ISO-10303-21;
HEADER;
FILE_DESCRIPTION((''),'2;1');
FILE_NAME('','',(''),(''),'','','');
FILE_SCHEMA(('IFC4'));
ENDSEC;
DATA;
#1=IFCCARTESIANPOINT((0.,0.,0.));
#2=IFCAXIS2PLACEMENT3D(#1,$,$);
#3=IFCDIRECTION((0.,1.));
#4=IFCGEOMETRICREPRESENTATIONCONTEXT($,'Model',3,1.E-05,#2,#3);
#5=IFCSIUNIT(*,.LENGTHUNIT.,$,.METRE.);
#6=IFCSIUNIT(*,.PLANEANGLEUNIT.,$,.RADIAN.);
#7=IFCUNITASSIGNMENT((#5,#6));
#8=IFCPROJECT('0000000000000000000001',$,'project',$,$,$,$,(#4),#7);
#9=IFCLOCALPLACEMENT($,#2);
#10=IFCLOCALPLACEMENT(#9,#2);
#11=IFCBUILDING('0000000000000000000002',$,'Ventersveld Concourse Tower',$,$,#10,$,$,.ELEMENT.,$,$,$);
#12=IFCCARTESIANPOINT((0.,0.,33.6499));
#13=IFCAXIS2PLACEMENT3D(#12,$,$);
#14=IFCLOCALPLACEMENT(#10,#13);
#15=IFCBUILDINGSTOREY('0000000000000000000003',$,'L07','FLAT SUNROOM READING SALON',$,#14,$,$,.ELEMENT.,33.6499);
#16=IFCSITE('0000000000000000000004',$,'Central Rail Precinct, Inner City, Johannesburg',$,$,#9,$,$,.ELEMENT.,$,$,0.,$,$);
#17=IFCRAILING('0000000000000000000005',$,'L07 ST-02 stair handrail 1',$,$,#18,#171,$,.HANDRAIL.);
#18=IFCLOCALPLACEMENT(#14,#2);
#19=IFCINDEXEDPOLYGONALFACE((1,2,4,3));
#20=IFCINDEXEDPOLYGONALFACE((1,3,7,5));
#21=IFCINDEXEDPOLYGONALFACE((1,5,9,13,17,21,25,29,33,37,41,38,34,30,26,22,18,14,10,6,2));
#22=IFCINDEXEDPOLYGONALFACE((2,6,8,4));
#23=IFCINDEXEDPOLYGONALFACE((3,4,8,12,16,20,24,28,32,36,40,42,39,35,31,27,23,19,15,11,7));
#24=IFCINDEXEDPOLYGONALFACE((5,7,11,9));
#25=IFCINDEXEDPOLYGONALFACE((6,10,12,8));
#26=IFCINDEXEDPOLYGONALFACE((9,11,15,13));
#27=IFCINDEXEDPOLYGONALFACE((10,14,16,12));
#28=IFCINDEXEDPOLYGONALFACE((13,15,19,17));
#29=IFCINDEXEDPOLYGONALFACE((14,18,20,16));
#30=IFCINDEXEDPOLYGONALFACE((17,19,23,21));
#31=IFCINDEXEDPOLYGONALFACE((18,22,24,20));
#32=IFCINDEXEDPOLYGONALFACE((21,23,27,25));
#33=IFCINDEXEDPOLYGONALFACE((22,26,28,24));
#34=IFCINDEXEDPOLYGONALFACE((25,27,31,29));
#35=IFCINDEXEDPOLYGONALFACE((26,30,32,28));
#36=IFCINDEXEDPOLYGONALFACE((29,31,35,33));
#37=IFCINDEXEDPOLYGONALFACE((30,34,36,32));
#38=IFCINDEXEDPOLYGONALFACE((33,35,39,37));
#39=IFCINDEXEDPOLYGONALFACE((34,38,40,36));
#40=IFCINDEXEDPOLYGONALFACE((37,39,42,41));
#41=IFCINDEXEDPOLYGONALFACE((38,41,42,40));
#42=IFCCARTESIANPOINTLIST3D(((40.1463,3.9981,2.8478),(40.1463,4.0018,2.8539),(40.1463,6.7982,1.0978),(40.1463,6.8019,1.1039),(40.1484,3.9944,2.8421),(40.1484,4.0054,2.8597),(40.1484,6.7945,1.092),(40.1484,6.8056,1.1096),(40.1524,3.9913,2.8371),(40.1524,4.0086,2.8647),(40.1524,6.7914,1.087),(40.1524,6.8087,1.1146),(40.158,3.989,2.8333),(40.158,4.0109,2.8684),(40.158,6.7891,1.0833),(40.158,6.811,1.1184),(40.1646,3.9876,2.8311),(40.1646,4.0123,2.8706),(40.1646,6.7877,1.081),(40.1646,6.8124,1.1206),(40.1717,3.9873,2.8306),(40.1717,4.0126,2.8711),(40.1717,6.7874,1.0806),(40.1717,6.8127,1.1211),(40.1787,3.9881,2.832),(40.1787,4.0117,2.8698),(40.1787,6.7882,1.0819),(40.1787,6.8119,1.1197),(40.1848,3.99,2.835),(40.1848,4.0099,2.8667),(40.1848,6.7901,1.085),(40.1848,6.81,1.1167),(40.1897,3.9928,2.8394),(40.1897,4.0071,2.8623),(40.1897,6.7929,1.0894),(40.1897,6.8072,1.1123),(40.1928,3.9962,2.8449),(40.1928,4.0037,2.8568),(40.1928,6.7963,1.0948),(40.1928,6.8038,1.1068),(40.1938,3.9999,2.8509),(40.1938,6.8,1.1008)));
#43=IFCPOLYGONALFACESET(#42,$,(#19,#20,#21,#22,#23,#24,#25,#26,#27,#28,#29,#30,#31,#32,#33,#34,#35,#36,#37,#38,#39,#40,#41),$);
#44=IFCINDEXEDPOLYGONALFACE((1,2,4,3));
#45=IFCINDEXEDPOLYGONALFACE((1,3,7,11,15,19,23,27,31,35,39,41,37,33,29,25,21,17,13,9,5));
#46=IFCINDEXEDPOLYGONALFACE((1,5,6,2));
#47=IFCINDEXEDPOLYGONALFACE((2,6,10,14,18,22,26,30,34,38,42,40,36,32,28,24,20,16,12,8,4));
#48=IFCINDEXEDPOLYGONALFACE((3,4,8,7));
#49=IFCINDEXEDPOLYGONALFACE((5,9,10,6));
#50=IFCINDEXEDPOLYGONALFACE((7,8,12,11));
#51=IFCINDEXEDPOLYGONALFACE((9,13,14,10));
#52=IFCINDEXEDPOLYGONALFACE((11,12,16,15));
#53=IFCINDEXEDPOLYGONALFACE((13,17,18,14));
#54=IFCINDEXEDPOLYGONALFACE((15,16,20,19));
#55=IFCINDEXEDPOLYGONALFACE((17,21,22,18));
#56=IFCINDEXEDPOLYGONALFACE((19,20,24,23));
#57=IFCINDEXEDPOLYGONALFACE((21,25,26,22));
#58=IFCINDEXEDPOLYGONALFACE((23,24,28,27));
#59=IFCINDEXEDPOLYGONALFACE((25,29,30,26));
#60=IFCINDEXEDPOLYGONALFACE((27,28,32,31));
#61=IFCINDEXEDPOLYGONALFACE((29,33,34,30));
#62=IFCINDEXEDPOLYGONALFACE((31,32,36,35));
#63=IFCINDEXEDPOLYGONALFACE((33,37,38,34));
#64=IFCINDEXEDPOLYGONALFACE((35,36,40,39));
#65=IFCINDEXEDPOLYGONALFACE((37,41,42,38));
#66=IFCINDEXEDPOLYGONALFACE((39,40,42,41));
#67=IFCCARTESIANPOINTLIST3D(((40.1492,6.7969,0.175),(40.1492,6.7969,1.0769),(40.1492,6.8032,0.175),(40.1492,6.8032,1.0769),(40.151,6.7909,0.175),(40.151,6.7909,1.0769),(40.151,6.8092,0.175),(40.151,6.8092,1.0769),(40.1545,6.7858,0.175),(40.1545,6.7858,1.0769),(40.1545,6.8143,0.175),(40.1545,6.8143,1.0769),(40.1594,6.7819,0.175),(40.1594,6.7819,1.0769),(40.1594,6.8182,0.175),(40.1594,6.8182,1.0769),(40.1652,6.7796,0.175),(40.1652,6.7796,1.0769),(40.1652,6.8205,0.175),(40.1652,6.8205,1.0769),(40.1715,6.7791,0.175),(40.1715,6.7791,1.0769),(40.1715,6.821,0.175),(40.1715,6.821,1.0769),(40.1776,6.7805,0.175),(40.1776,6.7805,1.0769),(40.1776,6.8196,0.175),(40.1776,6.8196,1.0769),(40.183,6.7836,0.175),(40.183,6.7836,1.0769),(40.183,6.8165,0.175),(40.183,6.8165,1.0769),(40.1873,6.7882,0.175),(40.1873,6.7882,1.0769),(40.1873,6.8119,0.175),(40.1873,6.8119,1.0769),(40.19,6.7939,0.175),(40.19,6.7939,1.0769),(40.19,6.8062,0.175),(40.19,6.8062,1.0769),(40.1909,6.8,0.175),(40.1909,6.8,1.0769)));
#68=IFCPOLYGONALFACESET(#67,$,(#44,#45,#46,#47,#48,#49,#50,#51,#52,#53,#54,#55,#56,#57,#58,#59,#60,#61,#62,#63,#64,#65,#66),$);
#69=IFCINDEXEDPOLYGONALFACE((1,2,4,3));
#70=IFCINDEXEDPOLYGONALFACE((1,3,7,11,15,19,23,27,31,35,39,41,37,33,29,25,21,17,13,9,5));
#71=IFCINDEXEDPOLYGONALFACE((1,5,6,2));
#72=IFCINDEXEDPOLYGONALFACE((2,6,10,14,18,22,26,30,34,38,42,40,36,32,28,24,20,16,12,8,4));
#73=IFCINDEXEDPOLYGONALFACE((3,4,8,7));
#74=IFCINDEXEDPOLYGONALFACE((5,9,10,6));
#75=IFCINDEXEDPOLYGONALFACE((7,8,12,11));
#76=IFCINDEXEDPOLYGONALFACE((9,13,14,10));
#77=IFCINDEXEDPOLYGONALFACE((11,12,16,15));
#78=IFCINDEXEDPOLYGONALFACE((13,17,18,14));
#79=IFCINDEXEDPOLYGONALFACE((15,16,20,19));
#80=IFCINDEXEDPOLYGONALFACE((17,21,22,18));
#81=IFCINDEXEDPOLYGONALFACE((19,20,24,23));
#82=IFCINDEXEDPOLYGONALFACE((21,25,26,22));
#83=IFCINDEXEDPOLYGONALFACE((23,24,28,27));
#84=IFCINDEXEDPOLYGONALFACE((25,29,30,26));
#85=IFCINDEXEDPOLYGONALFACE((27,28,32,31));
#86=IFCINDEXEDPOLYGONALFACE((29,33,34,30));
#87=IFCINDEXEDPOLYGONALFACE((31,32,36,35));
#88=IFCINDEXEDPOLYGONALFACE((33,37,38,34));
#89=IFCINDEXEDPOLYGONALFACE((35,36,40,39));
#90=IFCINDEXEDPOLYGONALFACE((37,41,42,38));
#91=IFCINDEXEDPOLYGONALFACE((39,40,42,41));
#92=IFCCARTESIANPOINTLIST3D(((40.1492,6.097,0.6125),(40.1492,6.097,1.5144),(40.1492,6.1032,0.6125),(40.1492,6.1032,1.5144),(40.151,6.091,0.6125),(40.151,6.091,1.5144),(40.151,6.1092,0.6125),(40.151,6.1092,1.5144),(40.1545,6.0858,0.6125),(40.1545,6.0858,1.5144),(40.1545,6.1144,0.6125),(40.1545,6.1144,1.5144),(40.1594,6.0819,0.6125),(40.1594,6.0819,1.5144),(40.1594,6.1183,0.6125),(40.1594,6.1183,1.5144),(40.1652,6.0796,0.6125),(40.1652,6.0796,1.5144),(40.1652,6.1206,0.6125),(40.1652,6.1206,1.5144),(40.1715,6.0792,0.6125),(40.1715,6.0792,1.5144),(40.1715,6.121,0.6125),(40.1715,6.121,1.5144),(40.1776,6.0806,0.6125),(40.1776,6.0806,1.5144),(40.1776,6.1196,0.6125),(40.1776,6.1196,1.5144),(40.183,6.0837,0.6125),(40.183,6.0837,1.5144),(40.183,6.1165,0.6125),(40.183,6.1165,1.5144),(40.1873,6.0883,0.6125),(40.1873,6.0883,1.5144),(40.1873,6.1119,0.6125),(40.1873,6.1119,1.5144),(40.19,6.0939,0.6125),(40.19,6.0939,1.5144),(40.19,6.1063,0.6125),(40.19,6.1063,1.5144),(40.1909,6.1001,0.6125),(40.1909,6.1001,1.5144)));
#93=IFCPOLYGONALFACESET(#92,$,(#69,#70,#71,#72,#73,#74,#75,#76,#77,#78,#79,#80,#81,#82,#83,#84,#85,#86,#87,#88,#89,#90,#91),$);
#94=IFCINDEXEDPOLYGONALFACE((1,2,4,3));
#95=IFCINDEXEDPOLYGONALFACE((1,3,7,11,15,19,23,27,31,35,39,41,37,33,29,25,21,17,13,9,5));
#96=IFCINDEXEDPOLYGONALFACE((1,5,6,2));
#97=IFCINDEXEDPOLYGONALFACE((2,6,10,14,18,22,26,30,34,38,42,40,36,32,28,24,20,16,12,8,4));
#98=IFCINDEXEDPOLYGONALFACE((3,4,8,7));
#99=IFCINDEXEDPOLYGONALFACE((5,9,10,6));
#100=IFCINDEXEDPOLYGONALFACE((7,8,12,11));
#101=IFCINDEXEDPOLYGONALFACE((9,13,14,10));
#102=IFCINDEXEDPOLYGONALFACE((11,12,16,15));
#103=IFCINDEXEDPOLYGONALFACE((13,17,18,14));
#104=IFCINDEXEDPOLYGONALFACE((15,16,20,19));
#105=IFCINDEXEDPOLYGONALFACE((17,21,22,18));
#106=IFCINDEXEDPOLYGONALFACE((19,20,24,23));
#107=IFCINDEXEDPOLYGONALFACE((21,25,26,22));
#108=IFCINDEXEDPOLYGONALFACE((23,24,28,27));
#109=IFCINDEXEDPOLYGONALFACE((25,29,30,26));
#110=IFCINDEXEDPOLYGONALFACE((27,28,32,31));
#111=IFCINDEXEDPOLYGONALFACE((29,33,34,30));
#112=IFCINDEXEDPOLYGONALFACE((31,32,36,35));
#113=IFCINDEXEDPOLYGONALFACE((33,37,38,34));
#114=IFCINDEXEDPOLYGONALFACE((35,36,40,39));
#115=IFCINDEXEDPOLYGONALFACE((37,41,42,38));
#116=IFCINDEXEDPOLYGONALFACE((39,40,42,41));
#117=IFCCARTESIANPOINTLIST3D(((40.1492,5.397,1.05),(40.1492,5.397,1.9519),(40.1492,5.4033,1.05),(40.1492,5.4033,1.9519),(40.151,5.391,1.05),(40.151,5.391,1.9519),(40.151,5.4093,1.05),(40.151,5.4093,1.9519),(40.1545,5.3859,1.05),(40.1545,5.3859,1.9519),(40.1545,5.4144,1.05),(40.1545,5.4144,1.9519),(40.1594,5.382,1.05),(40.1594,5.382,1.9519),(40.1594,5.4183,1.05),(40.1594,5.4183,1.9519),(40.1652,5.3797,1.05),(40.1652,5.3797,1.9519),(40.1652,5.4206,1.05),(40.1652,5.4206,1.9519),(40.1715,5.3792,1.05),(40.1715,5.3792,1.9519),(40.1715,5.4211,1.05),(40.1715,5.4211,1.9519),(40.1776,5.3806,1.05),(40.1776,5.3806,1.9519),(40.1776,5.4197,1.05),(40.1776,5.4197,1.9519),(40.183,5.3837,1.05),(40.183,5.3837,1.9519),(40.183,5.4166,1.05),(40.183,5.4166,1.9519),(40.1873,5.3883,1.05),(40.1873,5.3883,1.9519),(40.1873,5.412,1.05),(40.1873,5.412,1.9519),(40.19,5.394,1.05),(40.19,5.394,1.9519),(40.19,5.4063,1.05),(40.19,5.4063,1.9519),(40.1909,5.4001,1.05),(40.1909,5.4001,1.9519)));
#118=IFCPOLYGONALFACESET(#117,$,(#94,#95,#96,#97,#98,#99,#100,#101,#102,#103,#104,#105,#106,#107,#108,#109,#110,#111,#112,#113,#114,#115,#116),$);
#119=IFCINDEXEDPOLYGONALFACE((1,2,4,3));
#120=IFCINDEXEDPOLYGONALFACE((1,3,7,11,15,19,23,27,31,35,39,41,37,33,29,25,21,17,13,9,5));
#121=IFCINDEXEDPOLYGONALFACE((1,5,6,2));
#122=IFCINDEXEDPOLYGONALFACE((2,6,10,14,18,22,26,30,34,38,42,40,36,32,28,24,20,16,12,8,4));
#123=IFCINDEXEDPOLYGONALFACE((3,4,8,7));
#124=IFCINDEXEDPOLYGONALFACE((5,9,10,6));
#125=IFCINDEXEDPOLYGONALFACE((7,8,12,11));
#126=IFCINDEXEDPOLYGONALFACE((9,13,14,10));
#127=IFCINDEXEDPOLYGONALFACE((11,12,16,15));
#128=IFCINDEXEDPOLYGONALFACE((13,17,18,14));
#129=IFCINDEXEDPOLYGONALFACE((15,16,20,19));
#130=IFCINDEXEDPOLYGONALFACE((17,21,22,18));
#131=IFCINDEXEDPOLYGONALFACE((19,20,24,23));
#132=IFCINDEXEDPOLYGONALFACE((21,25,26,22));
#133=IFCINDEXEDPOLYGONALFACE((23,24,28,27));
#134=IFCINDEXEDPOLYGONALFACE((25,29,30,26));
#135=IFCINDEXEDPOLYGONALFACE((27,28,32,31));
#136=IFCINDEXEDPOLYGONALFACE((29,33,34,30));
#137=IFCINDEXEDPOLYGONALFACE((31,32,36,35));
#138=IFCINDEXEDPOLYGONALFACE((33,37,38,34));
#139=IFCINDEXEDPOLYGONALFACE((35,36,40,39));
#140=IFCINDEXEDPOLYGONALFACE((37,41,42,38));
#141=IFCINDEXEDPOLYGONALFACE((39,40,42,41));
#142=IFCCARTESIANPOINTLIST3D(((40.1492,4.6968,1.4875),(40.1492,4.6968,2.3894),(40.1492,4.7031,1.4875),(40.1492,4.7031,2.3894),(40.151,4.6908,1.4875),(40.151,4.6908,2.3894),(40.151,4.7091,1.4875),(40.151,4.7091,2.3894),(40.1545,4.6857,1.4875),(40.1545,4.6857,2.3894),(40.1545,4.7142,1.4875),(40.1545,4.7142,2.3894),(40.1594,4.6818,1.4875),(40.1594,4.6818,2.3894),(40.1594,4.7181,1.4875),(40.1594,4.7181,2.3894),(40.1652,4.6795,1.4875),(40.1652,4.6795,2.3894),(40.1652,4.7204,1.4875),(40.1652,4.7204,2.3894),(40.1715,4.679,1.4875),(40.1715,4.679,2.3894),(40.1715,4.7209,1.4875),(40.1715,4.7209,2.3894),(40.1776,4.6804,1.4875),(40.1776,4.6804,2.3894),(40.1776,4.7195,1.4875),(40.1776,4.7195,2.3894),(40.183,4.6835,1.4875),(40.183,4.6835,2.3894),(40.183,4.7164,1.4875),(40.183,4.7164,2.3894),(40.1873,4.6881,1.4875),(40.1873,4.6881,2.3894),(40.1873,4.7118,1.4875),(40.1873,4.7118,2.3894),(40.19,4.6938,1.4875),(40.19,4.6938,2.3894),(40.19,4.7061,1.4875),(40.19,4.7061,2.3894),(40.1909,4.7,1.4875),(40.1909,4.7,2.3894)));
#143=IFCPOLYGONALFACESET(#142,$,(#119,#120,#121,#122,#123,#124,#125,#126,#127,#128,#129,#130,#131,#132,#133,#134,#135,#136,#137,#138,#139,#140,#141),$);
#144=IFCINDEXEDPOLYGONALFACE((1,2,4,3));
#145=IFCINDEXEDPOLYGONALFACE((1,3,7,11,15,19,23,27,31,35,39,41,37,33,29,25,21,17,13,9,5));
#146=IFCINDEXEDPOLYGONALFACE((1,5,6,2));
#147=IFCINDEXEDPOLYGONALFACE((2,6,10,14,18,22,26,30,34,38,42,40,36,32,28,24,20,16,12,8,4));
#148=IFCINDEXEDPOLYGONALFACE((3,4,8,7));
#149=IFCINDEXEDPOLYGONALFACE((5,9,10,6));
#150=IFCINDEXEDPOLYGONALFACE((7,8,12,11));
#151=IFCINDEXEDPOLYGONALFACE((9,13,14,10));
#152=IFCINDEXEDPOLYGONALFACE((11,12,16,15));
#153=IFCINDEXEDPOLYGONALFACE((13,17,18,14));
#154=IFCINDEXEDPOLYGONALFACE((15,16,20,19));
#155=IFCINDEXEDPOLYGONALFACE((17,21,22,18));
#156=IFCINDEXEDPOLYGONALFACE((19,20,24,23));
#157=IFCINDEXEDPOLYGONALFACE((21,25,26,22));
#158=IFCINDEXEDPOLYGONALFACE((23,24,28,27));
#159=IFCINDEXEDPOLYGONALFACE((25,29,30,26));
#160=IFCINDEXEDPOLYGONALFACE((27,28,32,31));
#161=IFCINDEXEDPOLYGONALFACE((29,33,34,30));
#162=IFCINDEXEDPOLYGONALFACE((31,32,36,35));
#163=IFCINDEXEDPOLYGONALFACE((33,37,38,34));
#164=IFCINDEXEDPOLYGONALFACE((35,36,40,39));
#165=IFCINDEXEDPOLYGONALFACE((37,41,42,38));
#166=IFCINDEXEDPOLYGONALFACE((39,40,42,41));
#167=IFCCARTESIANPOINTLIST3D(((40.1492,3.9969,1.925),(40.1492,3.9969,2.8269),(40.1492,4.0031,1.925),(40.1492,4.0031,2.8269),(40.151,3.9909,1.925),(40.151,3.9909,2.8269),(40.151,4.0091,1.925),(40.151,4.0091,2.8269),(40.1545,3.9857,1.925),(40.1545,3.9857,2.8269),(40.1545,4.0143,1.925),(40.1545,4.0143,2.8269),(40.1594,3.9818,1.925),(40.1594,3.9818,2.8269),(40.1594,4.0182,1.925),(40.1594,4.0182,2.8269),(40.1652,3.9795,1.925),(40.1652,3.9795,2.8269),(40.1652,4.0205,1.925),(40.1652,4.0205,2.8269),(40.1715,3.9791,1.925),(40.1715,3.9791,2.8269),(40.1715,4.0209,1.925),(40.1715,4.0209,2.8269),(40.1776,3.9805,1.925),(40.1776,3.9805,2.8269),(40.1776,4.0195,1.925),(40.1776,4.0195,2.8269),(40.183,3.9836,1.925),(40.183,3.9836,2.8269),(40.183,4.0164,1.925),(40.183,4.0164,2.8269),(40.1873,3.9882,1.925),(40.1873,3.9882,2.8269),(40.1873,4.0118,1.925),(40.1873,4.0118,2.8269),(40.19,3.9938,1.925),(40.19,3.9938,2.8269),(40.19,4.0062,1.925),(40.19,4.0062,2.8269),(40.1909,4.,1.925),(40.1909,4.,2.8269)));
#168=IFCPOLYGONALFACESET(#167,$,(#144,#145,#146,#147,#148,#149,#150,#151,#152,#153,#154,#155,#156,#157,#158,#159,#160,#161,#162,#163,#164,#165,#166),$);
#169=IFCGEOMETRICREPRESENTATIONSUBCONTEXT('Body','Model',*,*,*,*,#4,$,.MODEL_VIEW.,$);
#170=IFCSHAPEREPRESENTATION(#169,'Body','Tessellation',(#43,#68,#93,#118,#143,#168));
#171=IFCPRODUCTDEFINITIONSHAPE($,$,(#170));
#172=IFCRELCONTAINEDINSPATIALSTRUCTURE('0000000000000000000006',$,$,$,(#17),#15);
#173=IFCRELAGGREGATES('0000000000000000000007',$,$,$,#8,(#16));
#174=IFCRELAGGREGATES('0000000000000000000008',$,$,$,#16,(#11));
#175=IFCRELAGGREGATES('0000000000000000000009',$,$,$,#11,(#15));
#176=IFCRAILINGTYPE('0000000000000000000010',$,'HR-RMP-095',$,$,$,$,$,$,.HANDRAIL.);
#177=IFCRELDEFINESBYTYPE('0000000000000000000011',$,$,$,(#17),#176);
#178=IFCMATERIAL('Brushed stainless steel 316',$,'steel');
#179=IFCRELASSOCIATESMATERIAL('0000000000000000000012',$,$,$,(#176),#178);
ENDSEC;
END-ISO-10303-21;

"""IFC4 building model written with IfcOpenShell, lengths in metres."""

from ifc_helpers import new_model, si_unit, direction, frame, origin, origin_2d, place, context, subcontext, project, spatial, circle, extrude, material, type_object, element, save


model = new_model("IFC4")

# Units and contexts
model_context = context("Model", 3, precision=1e-05, world=origin(), true_north=direction((0.0, 1.0)))
body_context = subcontext(model_context, "Body", "Model", "MODEL_VIEW")
ifc_project = project(units=[si_unit("LENGTHUNIT", "METRE"), si_unit("PLANEANGLEUNIT", "RADIAN")], contexts=[model_context])

# Site, building, storey
site_placement = place(None, origin())
site = spatial("IfcSite", under=ifc_project, at=site_placement, Name="Central Rail Precinct, Inner City, Johannesburg", CompositionType="ELEMENT", RefElevation=0.0)
building_placement = place(site_placement, origin())
building = spatial("IfcBuilding", under=site, at=building_placement, Name="Ventersveld Concourse Tower", CompositionType="ELEMENT")
storey_placement = place(building_placement, frame((0.0, 0.0, 33.6499)))
storey = spatial("IfcBuildingStorey", under=building, at=storey_placement, Name="L07", Description="FLAT SUNROOM READING SALON", CompositionType="ELEMENT", Elevation=33.6499)

# Railing
ifc_material_1 = material(Name="Brushed stainless steel 316", Category="steel")
railing_type_1 = type_object("IfcRailingType", Name="HR-RMP-095", PredefinedType="HANDRAIL", material=ifc_material_1)
railing_1_placement = place(storey_placement, frame((40.1699, 6.8, 0.175)))
element("IfcRailing", 1, at=railing_1_placement, inside=storey, type_object=railing_type_1, Name="L07 ST-02 stair handrail 1", PredefinedType="HANDRAIL", context=body_context, shape_type="SweptSolid", body=[
    extrude(circle(Radius=0.0239, at=origin_2d()), frame((0.0, 0.0, 0.9258), z_axis=(0.0, -0.848002, 0.529992), x_axis=(1.0, 0.0, 0.0)), (0.0, 0.0, 1.0), 3.302),
    extrude(circle(Radius=0.021, at=origin_2d()), origin(), (0.0, 0.0, 1.0), 0.9019),
    extrude(circle(Radius=0.021, at=origin_2d()), frame((0.0, -0.7, 0.4375)), (0.0, 0.0, 1.0), 0.9019),
    extrude(circle(Radius=0.021, at=origin_2d()), frame((0.0, -1.3999, 0.875)), (0.0, 0.0, 1.0), 0.9019),
    extrude(circle(Radius=0.021, at=origin_2d()), frame((0.0, -2.1001, 1.3125)), (0.0, 0.0, 1.0), 0.9019),
    extrude(circle(Radius=0.021, at=origin_2d()), frame((0.0, -2.8, 1.75)), (0.0, 0.0, 1.0), 0.9019),
])

save(model, "model.ifc")
